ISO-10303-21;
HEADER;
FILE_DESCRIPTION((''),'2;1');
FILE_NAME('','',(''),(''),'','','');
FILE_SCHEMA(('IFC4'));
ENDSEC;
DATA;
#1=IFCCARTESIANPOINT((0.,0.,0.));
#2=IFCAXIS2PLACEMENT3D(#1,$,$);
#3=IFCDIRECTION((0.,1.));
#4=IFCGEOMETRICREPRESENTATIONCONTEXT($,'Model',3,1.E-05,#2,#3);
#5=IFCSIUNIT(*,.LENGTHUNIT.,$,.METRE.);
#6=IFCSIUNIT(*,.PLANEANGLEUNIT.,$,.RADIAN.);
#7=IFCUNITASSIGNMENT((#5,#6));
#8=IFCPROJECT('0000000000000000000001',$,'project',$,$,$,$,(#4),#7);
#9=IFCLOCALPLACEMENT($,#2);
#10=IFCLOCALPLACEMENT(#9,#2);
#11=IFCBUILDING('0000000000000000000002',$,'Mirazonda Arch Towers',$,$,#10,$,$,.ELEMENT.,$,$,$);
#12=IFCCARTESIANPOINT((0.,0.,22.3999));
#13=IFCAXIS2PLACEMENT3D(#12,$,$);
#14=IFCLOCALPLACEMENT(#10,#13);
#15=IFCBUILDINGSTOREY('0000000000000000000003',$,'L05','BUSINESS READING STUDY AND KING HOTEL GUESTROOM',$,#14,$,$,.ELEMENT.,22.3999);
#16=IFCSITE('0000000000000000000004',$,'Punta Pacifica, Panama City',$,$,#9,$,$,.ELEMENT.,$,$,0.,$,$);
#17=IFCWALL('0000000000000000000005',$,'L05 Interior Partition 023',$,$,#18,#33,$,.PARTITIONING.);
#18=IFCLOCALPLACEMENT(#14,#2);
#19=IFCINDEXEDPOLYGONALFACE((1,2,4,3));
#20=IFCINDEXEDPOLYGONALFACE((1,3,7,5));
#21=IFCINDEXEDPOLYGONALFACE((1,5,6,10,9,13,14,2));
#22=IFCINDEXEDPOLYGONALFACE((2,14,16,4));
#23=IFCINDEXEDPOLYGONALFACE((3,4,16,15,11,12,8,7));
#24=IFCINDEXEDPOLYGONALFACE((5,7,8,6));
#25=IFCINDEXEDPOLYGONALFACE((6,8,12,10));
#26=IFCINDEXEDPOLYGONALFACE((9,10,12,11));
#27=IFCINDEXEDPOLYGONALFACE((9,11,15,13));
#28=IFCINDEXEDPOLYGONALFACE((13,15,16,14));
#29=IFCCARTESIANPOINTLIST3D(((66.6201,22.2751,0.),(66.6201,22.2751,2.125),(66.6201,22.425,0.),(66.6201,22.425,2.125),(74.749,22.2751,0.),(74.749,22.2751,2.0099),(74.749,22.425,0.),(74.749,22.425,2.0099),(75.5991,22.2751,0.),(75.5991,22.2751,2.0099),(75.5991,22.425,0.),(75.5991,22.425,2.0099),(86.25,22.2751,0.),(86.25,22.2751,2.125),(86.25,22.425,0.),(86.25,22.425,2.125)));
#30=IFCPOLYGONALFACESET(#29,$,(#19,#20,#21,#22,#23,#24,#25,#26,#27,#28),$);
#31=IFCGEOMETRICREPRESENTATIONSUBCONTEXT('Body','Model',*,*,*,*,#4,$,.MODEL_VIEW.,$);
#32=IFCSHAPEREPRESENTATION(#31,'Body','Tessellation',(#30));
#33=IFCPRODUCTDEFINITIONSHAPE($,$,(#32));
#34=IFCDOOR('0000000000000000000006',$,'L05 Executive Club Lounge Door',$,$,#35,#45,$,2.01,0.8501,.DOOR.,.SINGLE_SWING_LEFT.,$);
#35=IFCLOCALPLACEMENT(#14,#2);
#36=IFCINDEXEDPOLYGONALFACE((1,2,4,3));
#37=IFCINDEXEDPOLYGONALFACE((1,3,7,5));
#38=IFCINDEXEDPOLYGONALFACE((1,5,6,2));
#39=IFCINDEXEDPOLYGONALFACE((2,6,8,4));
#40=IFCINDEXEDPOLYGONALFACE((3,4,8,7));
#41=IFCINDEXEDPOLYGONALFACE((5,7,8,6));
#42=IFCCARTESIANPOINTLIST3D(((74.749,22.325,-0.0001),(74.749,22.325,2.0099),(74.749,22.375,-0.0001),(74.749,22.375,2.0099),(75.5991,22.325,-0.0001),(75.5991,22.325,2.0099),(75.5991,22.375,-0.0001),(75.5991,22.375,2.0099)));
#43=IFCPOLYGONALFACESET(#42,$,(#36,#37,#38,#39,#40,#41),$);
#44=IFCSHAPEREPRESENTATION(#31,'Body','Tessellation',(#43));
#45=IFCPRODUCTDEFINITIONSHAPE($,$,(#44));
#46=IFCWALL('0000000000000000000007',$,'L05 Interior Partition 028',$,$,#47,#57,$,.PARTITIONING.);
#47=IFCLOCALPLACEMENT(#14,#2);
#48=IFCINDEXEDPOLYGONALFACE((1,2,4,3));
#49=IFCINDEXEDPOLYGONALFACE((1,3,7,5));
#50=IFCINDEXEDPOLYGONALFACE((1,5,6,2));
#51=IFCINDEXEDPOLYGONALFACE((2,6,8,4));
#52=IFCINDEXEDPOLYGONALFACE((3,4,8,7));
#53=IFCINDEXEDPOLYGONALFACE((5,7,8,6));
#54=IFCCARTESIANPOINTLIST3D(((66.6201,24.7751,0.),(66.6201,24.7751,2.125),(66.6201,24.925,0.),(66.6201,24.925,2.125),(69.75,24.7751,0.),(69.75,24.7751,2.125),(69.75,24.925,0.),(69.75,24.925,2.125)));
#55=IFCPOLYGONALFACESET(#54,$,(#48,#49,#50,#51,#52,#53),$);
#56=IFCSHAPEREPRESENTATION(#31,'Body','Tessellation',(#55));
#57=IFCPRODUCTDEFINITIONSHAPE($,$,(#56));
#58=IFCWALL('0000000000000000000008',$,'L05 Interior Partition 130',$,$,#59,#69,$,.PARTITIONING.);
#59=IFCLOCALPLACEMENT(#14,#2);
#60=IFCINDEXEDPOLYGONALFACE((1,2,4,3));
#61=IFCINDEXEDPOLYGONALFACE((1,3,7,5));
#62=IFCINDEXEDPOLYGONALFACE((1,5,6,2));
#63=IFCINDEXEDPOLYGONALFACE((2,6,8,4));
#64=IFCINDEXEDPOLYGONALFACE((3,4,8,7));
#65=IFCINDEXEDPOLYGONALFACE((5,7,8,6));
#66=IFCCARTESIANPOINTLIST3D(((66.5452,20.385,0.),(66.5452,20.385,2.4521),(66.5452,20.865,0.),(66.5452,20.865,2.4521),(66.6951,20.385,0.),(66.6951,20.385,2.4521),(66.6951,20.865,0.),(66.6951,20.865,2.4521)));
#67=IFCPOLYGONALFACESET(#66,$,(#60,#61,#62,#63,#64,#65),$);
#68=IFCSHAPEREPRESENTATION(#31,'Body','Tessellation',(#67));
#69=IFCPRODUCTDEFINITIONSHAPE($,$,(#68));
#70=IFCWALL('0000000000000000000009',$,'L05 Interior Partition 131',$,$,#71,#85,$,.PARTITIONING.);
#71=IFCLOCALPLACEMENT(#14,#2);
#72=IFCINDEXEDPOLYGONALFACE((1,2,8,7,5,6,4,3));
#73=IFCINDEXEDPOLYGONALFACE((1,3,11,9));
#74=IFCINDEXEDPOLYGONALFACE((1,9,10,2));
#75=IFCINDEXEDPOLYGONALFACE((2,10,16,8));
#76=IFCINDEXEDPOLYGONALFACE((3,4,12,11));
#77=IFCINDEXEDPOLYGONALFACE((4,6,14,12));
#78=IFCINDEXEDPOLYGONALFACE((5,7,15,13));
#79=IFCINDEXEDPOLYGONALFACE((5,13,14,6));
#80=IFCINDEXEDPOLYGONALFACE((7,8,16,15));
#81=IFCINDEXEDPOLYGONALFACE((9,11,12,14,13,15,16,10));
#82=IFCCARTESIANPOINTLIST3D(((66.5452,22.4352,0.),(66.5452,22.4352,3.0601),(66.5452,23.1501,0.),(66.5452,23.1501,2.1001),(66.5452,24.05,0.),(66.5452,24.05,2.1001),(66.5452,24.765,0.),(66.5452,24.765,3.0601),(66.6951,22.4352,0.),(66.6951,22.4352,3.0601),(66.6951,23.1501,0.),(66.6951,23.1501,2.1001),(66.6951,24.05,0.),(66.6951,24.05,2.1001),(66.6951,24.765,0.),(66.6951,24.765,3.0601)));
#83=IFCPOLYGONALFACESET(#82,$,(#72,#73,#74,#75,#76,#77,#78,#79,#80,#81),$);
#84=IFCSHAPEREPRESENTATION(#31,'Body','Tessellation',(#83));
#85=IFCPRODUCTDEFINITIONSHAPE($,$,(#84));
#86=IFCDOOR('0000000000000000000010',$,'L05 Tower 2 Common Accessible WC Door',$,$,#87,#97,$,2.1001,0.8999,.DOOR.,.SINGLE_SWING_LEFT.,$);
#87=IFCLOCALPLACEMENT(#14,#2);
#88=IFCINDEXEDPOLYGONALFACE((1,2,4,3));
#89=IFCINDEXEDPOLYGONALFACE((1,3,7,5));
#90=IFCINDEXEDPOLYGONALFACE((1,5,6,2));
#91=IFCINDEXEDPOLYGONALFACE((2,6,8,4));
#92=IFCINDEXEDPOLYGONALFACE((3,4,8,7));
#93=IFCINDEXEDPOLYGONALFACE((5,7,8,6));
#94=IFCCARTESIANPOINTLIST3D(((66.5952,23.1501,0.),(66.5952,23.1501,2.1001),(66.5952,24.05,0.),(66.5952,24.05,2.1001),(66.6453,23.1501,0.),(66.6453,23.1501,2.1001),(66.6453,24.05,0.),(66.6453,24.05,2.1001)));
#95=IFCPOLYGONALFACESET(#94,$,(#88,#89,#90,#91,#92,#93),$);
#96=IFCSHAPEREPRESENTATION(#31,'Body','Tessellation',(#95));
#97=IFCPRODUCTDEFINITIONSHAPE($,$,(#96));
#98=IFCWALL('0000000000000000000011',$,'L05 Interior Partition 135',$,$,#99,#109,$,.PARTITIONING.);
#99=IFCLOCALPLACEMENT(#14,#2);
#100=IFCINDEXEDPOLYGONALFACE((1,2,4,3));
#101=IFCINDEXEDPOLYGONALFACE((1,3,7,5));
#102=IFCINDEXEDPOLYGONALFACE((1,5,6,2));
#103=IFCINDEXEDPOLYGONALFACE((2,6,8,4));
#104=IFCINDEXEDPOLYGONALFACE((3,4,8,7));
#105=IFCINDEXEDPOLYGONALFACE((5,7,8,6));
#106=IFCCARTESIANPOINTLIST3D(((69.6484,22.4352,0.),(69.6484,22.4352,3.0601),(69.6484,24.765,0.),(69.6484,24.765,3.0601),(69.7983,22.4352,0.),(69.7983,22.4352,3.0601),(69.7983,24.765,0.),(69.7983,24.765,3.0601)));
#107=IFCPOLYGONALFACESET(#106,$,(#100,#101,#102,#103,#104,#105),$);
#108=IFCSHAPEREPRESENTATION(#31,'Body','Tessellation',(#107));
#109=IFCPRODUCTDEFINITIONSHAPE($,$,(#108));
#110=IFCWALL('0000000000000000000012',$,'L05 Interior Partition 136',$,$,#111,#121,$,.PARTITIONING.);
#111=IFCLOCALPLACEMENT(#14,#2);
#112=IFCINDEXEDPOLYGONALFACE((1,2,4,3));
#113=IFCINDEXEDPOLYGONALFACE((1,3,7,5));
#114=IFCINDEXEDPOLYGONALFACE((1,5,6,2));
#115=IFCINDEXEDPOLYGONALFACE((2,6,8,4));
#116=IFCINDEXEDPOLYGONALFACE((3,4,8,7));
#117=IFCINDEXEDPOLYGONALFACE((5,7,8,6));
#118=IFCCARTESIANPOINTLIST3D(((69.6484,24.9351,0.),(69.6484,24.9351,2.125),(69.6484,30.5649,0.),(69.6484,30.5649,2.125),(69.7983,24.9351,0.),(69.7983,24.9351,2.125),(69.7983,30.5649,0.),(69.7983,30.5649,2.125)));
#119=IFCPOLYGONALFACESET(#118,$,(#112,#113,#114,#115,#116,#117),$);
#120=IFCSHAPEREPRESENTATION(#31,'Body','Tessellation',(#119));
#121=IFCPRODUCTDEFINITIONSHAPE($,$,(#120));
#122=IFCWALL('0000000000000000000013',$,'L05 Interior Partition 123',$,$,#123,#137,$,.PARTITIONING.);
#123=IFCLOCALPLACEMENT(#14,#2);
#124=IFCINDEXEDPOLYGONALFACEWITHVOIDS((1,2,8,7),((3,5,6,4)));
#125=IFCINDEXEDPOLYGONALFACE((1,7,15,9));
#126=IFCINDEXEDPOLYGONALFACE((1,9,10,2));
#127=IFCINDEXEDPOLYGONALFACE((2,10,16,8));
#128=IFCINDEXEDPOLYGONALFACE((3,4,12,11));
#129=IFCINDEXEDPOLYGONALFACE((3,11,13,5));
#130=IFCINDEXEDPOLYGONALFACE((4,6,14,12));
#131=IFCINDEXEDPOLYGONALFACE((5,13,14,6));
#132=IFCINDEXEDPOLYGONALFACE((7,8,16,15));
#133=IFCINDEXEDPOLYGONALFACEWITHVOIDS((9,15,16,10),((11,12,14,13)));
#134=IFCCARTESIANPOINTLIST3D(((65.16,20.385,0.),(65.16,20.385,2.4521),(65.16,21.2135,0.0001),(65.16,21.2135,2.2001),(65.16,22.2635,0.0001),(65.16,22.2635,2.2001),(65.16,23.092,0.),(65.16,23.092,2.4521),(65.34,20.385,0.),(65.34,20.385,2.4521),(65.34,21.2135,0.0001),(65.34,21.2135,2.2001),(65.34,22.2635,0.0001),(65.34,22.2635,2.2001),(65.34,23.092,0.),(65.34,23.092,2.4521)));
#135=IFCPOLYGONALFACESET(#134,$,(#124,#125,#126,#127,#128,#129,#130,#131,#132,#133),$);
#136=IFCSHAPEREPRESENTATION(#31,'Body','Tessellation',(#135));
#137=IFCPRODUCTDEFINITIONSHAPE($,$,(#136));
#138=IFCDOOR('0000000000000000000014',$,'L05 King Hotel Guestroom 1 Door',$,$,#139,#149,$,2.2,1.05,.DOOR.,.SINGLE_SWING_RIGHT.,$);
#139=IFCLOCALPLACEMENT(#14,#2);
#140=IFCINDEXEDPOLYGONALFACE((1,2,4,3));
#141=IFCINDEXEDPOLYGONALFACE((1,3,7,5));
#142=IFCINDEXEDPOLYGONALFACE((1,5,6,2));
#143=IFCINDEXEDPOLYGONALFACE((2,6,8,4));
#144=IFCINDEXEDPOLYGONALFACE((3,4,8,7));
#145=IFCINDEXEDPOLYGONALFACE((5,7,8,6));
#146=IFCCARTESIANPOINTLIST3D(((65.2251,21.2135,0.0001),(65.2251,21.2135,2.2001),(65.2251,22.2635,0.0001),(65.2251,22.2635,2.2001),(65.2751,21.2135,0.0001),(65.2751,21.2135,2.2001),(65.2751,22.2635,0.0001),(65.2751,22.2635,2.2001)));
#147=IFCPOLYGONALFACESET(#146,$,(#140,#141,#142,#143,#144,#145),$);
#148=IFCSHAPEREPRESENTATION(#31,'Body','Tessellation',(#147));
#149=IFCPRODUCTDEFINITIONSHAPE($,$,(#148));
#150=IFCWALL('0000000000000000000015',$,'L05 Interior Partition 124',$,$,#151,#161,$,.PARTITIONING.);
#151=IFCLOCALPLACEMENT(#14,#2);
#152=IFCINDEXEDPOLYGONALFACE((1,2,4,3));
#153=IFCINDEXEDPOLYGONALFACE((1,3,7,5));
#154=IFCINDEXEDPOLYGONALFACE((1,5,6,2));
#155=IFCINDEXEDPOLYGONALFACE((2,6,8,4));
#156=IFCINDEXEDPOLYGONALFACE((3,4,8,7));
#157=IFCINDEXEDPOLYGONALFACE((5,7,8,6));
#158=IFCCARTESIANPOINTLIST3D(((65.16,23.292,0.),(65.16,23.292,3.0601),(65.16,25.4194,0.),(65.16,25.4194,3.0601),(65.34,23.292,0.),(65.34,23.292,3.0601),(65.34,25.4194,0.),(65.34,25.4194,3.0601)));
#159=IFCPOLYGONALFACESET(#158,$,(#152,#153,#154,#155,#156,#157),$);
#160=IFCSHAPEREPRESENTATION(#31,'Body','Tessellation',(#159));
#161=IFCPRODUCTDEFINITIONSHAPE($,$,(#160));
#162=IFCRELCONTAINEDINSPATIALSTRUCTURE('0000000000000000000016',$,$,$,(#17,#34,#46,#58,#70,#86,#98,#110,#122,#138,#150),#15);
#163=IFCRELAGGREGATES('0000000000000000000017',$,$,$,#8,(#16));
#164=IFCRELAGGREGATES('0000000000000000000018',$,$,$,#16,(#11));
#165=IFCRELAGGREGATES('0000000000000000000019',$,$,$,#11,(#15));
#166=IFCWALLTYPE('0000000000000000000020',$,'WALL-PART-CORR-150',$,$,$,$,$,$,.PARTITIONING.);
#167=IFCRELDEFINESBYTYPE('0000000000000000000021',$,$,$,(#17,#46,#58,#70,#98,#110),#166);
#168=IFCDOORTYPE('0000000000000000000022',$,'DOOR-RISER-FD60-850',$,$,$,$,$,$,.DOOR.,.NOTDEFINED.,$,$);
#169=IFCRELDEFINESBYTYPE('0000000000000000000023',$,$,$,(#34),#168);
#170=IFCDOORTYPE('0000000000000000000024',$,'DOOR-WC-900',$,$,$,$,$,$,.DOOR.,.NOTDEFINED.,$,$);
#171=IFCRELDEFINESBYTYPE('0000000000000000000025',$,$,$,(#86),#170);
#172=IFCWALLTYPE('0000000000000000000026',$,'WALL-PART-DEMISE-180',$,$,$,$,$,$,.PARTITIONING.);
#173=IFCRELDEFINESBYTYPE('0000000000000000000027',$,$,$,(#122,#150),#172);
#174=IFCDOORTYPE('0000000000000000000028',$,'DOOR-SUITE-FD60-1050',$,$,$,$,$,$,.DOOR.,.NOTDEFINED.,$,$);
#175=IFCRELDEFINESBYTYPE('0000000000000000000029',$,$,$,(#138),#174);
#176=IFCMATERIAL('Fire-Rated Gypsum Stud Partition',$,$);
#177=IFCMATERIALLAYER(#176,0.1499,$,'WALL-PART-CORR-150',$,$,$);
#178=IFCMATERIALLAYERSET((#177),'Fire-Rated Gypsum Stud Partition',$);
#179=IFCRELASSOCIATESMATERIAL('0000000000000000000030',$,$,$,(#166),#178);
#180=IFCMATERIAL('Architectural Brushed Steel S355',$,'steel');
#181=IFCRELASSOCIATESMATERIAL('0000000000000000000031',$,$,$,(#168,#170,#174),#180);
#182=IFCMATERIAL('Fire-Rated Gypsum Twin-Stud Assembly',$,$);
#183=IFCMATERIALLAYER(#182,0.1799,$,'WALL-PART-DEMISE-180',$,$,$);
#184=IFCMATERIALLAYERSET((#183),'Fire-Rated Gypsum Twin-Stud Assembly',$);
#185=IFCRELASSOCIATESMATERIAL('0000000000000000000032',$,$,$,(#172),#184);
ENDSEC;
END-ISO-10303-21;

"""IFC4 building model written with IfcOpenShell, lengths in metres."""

from ifc_helpers import new_model, si_unit, direction, frame, frame_2d, origin, place, context, subcontext, project, spatial, rectangle, extrude, material, layer, layer_set, type_object, element, fill, save


model = new_model("IFC4")

# Units and contexts
model_context = context("Model", 3, precision=1e-05, world=origin(), true_north=direction((0.0, 1.0)))
body_context = subcontext(model_context, "Body", "Model", "MODEL_VIEW")
ifc_project = project(units=[si_unit("LENGTHUNIT", "METRE"), si_unit("PLANEANGLEUNIT", "RADIAN")], contexts=[model_context])

# Site, building, storey
site_placement = place(None, origin())
site = spatial("IfcSite", under=ifc_project, at=site_placement, Name="Punta Pacifica, Panama City", CompositionType="ELEMENT", RefElevation=0.0)
building_placement = place(site_placement, origin())
building = spatial("IfcBuilding", under=site, at=building_placement, Name="Mirazonda Arch Towers", CompositionType="ELEMENT")
storey_placement = place(building_placement, frame((0.0, 0.0, 22.3999)))
storey = spatial("IfcBuildingStorey", under=building, at=storey_placement, Name="L05", Description="BUSINESS READING STUDY AND KING HOTEL GUESTROOM", CompositionType="ELEMENT", Elevation=22.3999)

# Shared definitions
ifc_material_1 = material(Name="Architectural Brushed Steel S355", Category="steel")

# Shared definitions
ifc_material_2 = material(Name="Fire-Rated Gypsum Stud Partition")
ifc_layer_1 = layer(ifc_material_2, 0.1499, Name="WALL-PART-CORR-150")
ifc_layer_set_1 = layer_set([ifc_layer_1], Name="Fire-Rated Gypsum Stud Partition")
wall_type_1 = type_object("IfcWallType", Name="WALL-PART-CORR-150", PredefinedType="PARTITIONING", material=ifc_layer_set_1)

# Wall, opening, door
wall_1_placement = place(storey_placement, frame((66.6201, 22.3501, 0.0), z_axis=(0.0, 0.0, 1.0), x_axis=(1.0, 0.0, 0.0)))
wall_1 = element("IfcWall", 1, at=wall_1_placement, inside=storey, type_object=wall_type_1, Name="L05 Interior Partition 023", PredefinedType="PARTITIONING", context=body_context, shape_type="SweptSolid", body=[
    extrude(rectangle(XDim=19.6299, YDim=0.1499, at=frame_2d((9.8149, 0.0))), origin(), (0.0, 0.0, 1.0), 2.125),
])
opening_1_placement = place(wall_1_placement, frame((8.1289, 0.0, 0.0)))
opening_1 = element("IfcOpeningElement", 2, at=opening_1_placement, cuts=wall_1, PredefinedType="OPENING", context=body_context, shape_type="SweptSolid", body=[
    extrude(rectangle(XDim=0.8501, YDim=2.01, at=frame_2d((0.425, 1.0049))), frame((0.0, 0.085, 0.0), z_axis=(0.0, -1.0, 0.0), x_axis=(1.0, 0.0, 0.0)), (0.0, 0.0, 1.0), 0.1699),
])
door_type_1 = type_object("IfcDoorType", Name="DOOR-RISER-FD60-850", OperationType="NOTDEFINED", PredefinedType="DOOR", material=ifc_material_1)
door_1_placement = place(opening_1_placement, origin())
door_1 = element("IfcDoor", 3, at=door_1_placement, inside=storey, type_object=door_type_1, Name="L05 Executive Club Lounge Door", OperationType="SINGLE_SWING_LEFT", OverallHeight=2.01, OverallWidth=0.8501, PredefinedType="DOOR", context=body_context, shape_type="SweptSolid", body=[
    extrude(rectangle(XDim=0.8501, YDim=2.01, at=frame_2d((0.425, 1.0049))), frame((0.0, 0.0249, 0.0), z_axis=(0.0, -1.0, 0.0), x_axis=(1.0, 0.0, 0.0)), (0.0, 0.0, 1.0), 0.05),
])
fill(opening_1, door_1)

# Walls
wall_2_placement = place(storey_placement, frame((66.6201, 24.8501, 0.0), z_axis=(0.0, 0.0, 1.0), x_axis=(1.0, 0.0, 0.0)))
element("IfcWall", 4, at=wall_2_placement, inside=storey, type_object=wall_type_1, Name="L05 Interior Partition 028", PredefinedType="PARTITIONING", context=body_context, shape_type="SweptSolid", body=[
    extrude(rectangle(XDim=3.1299, YDim=0.1499, at=frame_2d((1.5649, 0.0))), origin(), (0.0, 0.0, 1.0), 2.125),
])
wall_3_placement = place(storey_placement, frame((66.6201, 20.385, 0.0), z_axis=(0.0, 0.0, 1.0), x_axis=(0.0, 1.0, 0.0)))
element("IfcWall", 5, at=wall_3_placement, inside=storey, type_object=wall_type_1, Name="L05 Interior Partition 130", PredefinedType="PARTITIONING", context=body_context, shape_type="SweptSolid", body=[
    extrude(rectangle(XDim=0.48, YDim=0.1499, at=frame_2d((0.24, 0.0))), origin(), (0.0, 0.0, 1.0), 2.4521),
])

# Wall, opening, door
wall_4_placement = place(storey_placement, frame((66.6201, 22.4351, 0.0), z_axis=(0.0, 0.0, 1.0), x_axis=(0.0, 1.0, 0.0)))
wall_4 = element("IfcWall", 6, at=wall_4_placement, inside=storey, type_object=wall_type_1, Name="L05 Interior Partition 131", PredefinedType="PARTITIONING", context=body_context, shape_type="SweptSolid", body=[
    extrude(rectangle(XDim=2.3298, YDim=0.1499, at=frame_2d((1.165, 0.0))), origin(), (0.0, 0.0, 1.0), 3.0601),
])
opening_2_placement = place(wall_4_placement, frame((0.7151, 0.0, 0.0)))
opening_2 = element("IfcOpeningElement", 7, at=opening_2_placement, cuts=wall_4, PredefinedType="OPENING", context=body_context, shape_type="SweptSolid", body=[
    extrude(rectangle(XDim=0.8999, YDim=2.1001, at=frame_2d((0.45, 1.05))), frame((0.0, 0.085, 0.0), z_axis=(0.0, -1.0, 0.0), x_axis=(1.0, 0.0, 0.0)), (0.0, 0.0, 1.0), 0.1699),
])
door_type_2 = type_object("IfcDoorType", Name="DOOR-WC-900", OperationType="NOTDEFINED", PredefinedType="DOOR", material=ifc_material_1)
door_2_placement = place(opening_2_placement, origin())
door_2 = element("IfcDoor", 8, at=door_2_placement, inside=storey, type_object=door_type_2, Name="L05 Tower 2 Common Accessible WC Door", OperationType="SINGLE_SWING_LEFT", OverallHeight=2.1001, OverallWidth=0.8999, PredefinedType="DOOR", context=body_context, shape_type="SweptSolid", body=[
    extrude(rectangle(XDim=0.8999, YDim=2.1001, at=frame_2d((0.45, 1.05))), frame((0.0, 0.0249, 0.0), z_axis=(0.0, -1.0, 0.0), x_axis=(1.0, 0.0, 0.0)), (0.0, 0.0, 1.0), 0.05),
])
fill(opening_2, door_2)

# Walls
wall_5_placement = place(storey_placement, frame((69.7234, 22.4351, 0.0), z_axis=(0.0, 0.0, 1.0), x_axis=(0.0, 1.0, 0.0)))
element("IfcWall", 9, at=wall_5_placement, inside=storey, type_object=wall_type_1, Name="L05 Interior Partition 135", PredefinedType="PARTITIONING", context=body_context, shape_type="SweptSolid", body=[
    extrude(rectangle(XDim=2.3298, YDim=0.1499, at=frame_2d((1.165, 0.0))), origin(), (0.0, 0.0, 1.0), 3.0601),
])
wall_6_placement = place(storey_placement, frame((69.7234, 24.9351, 0.0), z_axis=(0.0, 0.0, 1.0), x_axis=(0.0, 1.0, 0.0)))
element("IfcWall", 10, at=wall_6_placement, inside=storey, type_object=wall_type_1, Name="L05 Interior Partition 136", PredefinedType="PARTITIONING", context=body_context, shape_type="SweptSolid", body=[
    extrude(rectangle(XDim=5.6299, YDim=0.1499, at=frame_2d((2.8149, 0.0))), origin(), (0.0, 0.0, 1.0), 2.125),
])

# Wall, opening, door
ifc_material_3 = material(Name="Fire-Rated Gypsum Twin-Stud Assembly")
ifc_layer_2 = layer(ifc_material_3, 0.1799, Name="WALL-PART-DEMISE-180")
ifc_layer_set_2 = layer_set([ifc_layer_2], Name="Fire-Rated Gypsum Twin-Stud Assembly")
wall_type_2 = type_object("IfcWallType", Name="WALL-PART-DEMISE-180", PredefinedType="PARTITIONING", material=ifc_layer_set_2)
wall_7_placement = place(storey_placement, frame((65.25, 20.385, 0.0), z_axis=(0.0, 0.0, 1.0), x_axis=(0.0, 1.0, 0.0)))
wall_7 = element("IfcWall", 11, at=wall_7_placement, inside=storey, type_object=wall_type_2, Name="L05 Interior Partition 123", PredefinedType="PARTITIONING", context=body_context, shape_type="SweptSolid", body=[
    extrude(rectangle(XDim=2.707, YDim=0.1799, at=frame_2d((1.3535, 0.0))), origin(), (0.0, 0.0, 1.0), 2.4521),
])
opening_3_placement = place(wall_7_placement, frame((0.8286, 0.0, 0.0)))
opening_3 = element("IfcOpeningElement", 12, at=opening_3_placement, cuts=wall_7, PredefinedType="OPENING", context=body_context, shape_type="SweptSolid", body=[
    extrude(rectangle(XDim=1.05, YDim=2.2, at=frame_2d((0.5249, 1.1001))), frame((0.0, 0.0999, 0.0), z_axis=(0.0, -1.0, 0.0), x_axis=(1.0, 0.0, 0.0)), (0.0, 0.0, 1.0), 0.2),
])
door_type_3 = type_object("IfcDoorType", Name="DOOR-SUITE-FD60-1050", OperationType="NOTDEFINED", PredefinedType="DOOR", material=ifc_material_1)
door_3_placement = place(opening_3_placement, origin())
door_3 = element("IfcDoor", 13, at=door_3_placement, inside=storey, type_object=door_type_3, Name="L05 King Hotel Guestroom 1 Door", OperationType="SINGLE_SWING_RIGHT", OverallHeight=2.2, OverallWidth=1.05, PredefinedType="DOOR", context=body_context, shape_type="SweptSolid", body=[
    extrude(rectangle(XDim=1.05, YDim=2.2, at=frame_2d((0.5249, 1.1001))), frame((0.0, 0.0249, 0.0), z_axis=(0.0, -1.0, 0.0), x_axis=(1.0, 0.0, 0.0)), (0.0, 0.0, 1.0), 0.05),
])
fill(opening_3, door_3)

# Wall
wall_8_placement = place(storey_placement, frame((65.25, 23.292, 0.0), z_axis=(0.0, 0.0, 1.0), x_axis=(0.0, 1.0, 0.0)))
element("IfcWall", 14, at=wall_8_placement, inside=storey, type_object=wall_type_2, Name="L05 Interior Partition 124", PredefinedType="PARTITIONING", context=body_context, shape_type="SweptSolid", body=[
    extrude(rectangle(XDim=2.1274, YDim=0.1799, at=frame_2d((1.0637, 0.0))), origin(), (0.0, 0.0, 1.0), 3.0601),
])

save(model, "model.ifc")
